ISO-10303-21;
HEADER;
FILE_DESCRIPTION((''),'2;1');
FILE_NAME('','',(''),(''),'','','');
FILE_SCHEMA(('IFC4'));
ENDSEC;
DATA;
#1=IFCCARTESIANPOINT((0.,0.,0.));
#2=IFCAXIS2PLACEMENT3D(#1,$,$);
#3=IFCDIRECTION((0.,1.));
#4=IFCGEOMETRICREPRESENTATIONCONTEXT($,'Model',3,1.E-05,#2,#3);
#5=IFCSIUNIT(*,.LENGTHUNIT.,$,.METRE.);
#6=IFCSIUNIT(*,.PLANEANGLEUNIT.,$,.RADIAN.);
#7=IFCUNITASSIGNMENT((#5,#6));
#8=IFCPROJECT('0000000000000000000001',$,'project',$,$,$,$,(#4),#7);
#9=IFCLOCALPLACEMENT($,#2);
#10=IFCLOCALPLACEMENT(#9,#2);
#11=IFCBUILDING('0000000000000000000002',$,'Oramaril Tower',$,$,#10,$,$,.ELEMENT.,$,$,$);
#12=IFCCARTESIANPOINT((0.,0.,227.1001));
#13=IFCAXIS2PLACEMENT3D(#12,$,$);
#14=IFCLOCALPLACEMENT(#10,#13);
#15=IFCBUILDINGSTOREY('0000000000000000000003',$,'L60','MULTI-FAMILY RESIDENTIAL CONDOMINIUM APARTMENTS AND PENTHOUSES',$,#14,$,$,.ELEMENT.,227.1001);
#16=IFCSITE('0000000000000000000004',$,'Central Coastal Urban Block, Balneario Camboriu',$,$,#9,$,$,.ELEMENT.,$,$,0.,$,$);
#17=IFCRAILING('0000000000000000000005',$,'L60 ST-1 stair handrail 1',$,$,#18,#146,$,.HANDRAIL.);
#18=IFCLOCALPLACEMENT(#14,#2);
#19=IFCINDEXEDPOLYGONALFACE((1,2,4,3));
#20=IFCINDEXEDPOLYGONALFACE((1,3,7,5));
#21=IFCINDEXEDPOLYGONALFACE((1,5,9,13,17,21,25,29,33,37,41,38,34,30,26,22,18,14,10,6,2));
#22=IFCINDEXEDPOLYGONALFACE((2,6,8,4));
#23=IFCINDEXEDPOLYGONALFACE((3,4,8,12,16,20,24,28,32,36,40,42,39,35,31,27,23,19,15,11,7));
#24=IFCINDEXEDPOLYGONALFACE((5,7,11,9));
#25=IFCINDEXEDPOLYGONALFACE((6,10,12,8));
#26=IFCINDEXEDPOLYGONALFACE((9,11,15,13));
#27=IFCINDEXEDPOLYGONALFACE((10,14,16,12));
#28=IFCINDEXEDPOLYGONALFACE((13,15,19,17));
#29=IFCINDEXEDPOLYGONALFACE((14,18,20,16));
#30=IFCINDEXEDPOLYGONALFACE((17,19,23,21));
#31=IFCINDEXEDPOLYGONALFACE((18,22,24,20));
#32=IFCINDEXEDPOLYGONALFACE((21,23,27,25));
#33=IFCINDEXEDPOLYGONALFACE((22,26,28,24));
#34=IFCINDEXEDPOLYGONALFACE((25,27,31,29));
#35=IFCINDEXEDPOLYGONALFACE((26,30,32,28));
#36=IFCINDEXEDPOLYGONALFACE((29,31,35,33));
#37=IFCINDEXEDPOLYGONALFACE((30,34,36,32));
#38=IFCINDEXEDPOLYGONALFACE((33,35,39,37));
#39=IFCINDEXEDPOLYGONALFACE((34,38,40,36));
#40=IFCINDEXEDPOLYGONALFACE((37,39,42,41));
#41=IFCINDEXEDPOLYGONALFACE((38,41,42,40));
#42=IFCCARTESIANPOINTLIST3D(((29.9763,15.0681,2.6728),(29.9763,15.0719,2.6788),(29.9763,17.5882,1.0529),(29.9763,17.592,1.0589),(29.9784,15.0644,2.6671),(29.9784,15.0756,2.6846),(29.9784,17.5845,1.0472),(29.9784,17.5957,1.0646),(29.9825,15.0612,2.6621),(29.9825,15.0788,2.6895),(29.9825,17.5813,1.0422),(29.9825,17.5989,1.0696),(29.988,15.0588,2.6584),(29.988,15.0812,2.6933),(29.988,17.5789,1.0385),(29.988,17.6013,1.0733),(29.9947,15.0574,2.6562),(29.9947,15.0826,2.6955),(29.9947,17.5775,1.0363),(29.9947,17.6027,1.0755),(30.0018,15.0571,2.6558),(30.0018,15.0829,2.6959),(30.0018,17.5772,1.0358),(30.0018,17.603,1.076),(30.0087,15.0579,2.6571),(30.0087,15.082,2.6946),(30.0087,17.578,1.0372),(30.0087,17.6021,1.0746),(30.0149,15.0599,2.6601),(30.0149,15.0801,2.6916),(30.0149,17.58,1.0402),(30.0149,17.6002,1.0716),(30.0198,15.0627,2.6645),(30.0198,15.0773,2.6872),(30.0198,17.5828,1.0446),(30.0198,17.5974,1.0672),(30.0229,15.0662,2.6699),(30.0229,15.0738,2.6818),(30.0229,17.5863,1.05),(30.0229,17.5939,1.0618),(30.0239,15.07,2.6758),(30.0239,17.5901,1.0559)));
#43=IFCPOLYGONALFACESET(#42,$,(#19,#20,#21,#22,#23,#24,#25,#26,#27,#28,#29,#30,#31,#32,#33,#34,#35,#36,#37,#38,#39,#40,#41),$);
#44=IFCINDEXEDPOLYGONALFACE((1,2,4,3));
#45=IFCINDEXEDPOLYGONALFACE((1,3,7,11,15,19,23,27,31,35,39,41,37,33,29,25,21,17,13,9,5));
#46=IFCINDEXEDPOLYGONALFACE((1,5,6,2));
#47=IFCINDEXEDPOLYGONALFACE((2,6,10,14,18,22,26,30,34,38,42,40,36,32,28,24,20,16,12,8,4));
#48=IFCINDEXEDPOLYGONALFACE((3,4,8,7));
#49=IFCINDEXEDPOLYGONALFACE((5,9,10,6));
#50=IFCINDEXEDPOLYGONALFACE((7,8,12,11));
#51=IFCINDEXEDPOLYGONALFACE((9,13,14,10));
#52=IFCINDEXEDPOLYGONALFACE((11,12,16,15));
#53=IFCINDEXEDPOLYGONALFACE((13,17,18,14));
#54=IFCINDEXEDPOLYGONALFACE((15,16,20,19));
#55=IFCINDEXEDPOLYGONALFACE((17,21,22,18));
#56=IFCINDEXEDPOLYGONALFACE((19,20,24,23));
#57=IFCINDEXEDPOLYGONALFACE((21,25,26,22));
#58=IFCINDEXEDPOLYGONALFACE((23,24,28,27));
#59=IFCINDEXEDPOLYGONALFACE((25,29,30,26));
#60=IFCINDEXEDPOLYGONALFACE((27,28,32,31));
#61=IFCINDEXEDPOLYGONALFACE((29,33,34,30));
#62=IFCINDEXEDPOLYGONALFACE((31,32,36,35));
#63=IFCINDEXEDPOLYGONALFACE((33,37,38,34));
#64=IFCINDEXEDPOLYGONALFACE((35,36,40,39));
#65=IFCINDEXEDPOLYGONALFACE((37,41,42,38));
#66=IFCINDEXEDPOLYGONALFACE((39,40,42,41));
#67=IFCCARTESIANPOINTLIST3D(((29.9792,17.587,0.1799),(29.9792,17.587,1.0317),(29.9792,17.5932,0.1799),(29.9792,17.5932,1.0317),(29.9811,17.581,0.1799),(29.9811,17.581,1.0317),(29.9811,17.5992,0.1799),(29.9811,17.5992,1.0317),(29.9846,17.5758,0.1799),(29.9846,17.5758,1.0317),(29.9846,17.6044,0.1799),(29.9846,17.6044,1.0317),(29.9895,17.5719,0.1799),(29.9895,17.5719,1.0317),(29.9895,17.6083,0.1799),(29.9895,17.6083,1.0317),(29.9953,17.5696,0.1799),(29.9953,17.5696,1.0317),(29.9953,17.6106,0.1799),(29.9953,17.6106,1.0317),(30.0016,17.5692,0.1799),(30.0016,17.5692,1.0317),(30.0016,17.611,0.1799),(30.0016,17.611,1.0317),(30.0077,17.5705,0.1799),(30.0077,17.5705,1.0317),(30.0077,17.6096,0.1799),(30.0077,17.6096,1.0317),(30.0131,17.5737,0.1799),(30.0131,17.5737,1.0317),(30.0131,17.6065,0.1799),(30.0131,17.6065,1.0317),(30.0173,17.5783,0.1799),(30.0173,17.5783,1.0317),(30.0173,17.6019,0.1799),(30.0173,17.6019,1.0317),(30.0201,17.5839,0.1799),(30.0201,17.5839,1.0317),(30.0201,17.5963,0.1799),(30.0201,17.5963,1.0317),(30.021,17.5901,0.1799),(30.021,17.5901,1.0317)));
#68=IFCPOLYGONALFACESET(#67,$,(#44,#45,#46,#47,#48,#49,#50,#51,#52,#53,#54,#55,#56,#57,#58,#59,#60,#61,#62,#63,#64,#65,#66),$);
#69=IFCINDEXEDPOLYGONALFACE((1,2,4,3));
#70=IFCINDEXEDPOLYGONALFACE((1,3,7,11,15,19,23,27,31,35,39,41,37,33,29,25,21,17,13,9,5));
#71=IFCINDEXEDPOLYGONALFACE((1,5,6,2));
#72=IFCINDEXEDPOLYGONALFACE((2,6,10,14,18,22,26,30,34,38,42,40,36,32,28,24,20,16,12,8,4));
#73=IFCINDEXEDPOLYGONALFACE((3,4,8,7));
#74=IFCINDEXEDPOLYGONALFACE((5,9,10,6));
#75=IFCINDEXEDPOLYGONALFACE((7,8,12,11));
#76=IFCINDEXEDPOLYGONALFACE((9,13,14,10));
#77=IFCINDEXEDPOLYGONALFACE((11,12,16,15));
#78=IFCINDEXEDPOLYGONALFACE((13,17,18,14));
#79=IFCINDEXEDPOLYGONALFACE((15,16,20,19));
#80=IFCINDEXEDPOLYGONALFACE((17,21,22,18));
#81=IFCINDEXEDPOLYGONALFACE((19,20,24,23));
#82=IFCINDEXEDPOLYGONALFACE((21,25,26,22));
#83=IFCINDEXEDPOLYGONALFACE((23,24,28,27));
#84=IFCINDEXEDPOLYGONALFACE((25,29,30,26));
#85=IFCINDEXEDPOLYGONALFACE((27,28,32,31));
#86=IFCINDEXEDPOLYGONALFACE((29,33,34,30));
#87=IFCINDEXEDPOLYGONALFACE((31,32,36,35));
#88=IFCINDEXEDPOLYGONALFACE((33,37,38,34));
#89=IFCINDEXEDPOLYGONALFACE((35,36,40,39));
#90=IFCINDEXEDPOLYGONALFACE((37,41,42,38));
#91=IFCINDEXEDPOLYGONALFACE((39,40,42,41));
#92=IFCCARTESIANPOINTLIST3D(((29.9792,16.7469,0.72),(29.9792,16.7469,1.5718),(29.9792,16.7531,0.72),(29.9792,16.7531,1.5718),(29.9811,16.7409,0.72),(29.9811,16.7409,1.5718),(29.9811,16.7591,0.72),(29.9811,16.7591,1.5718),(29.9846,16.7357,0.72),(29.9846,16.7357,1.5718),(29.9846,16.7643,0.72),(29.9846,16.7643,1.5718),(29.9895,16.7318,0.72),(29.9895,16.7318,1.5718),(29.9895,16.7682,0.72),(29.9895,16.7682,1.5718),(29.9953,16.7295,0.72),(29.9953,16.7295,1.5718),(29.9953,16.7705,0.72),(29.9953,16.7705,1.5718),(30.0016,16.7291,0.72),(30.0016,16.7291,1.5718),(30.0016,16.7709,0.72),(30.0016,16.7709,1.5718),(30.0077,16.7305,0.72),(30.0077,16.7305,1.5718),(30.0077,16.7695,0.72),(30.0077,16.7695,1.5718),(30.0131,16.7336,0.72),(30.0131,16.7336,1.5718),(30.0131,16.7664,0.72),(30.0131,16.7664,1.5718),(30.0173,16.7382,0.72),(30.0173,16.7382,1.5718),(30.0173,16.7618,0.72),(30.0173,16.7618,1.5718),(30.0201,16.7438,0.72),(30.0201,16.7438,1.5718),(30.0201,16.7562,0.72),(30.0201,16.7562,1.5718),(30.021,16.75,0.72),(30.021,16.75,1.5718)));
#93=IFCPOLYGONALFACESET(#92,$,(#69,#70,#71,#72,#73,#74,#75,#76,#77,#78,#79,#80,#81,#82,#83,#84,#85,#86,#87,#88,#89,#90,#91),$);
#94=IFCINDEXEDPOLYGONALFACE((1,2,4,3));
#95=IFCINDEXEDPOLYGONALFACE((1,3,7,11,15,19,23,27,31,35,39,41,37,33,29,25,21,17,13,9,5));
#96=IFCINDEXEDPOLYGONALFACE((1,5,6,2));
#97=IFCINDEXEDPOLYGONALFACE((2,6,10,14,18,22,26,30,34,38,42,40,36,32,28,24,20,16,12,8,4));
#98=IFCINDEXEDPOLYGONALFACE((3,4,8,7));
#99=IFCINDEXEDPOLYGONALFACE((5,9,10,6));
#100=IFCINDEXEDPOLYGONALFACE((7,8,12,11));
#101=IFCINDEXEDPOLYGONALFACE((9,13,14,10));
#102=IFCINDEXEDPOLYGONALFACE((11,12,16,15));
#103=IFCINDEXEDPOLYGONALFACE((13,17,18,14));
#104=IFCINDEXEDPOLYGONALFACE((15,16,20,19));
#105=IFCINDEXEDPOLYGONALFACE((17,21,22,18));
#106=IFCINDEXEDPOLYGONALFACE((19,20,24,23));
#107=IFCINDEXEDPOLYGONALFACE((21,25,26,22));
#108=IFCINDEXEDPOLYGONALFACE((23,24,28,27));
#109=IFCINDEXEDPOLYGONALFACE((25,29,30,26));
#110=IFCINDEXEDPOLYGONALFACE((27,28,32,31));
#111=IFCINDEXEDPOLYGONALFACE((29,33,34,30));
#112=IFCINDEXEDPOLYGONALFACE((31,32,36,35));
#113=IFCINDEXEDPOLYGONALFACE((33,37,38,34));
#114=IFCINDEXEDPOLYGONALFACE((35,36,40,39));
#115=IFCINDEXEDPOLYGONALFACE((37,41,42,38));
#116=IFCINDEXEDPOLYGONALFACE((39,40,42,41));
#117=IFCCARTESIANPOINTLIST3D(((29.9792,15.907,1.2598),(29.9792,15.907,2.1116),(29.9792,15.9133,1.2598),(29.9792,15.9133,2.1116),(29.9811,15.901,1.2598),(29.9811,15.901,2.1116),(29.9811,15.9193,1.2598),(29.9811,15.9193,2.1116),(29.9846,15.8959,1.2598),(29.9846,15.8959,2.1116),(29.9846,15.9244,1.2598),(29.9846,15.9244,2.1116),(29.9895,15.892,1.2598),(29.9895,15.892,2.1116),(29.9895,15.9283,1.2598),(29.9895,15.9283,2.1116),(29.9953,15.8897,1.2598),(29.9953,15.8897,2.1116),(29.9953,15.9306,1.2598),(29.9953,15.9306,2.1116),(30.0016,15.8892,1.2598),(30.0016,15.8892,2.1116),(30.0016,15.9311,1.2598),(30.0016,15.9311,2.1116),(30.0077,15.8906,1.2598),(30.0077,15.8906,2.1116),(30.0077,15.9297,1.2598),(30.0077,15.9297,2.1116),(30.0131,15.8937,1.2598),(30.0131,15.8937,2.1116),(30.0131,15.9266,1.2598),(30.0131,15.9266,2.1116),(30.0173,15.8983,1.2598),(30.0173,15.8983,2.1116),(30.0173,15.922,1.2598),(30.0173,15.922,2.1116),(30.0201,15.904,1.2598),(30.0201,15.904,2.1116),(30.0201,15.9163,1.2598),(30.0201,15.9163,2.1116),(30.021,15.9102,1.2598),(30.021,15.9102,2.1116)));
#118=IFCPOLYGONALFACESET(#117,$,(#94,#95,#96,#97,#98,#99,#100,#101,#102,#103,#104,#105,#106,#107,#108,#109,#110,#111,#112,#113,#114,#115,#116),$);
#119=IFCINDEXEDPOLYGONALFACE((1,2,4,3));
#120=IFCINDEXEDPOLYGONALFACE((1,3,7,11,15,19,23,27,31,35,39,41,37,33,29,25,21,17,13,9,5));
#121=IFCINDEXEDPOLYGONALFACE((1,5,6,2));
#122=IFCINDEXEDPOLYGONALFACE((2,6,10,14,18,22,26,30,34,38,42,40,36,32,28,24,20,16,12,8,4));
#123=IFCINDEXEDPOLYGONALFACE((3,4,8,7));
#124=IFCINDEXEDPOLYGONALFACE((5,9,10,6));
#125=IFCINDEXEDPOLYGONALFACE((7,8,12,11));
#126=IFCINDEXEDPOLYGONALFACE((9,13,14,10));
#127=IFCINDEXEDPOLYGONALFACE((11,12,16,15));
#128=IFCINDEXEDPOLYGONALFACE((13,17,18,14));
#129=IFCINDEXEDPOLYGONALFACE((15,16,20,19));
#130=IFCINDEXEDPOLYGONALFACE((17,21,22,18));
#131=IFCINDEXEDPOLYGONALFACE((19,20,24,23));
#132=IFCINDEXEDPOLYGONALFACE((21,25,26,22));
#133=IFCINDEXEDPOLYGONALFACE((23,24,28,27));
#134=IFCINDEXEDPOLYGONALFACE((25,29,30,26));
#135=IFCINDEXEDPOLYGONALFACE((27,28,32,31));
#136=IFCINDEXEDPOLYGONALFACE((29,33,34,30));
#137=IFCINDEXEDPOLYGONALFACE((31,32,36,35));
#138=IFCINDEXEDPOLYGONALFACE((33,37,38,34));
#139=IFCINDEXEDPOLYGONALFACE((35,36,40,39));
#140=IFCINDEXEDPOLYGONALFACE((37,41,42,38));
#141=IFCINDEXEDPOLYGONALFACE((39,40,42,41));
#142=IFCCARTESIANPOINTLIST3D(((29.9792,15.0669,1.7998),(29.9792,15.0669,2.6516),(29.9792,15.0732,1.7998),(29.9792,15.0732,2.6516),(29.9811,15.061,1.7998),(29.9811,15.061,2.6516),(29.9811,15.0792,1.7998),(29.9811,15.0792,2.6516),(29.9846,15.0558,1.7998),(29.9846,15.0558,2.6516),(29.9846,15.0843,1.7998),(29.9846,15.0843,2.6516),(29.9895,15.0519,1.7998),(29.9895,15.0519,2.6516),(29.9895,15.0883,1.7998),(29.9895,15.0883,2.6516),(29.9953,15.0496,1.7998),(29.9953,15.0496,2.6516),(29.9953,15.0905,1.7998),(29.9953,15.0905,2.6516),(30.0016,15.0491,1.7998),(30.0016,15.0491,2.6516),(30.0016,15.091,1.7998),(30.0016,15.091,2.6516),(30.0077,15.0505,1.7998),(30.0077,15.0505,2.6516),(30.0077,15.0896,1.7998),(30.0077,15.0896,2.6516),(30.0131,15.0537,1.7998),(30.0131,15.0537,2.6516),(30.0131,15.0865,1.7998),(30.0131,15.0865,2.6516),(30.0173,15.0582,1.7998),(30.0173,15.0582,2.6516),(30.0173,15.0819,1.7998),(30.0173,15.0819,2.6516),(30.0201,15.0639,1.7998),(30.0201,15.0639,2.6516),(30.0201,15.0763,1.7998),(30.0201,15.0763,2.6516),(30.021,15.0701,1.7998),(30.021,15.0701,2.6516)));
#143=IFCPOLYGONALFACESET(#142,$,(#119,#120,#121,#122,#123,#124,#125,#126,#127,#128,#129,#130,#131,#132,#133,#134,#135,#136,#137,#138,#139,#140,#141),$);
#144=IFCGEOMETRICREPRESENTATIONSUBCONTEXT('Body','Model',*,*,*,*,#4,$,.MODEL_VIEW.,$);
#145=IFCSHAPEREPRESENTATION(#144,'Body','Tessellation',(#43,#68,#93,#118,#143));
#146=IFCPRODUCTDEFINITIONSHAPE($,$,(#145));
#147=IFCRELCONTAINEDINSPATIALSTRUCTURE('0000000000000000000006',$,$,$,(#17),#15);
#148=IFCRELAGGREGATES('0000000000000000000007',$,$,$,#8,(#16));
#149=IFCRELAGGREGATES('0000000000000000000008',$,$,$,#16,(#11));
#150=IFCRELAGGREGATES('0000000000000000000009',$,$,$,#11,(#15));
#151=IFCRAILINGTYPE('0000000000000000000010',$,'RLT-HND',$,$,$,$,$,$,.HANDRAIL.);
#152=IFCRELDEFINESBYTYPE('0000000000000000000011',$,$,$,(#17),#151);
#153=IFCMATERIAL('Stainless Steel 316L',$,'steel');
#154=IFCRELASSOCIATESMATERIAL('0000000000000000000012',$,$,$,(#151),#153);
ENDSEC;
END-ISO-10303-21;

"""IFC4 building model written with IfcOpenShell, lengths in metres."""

from ifc_helpers import new_model, si_unit, direction, frame, origin, origin_2d, place, context, subcontext, project, spatial, circle, extrude, material, type_object, element, save


model = new_model("IFC4")

# Units and contexts
model_context = context("Model", 3, precision=1e-05, world=origin(), true_north=direction((0.0, 1.0)))
body_context = subcontext(model_context, "Body", "Model", "MODEL_VIEW")
ifc_project = project(units=[si_unit("LENGTHUNIT", "METRE"), si_unit("PLANEANGLEUNIT", "RADIAN")], contexts=[model_context])

# Site, building, storey
site_placement = place(None, origin())
site = spatial("IfcSite", under=ifc_project, at=site_placement, Name="Central Coastal Urban Block, Balneario Camboriu", CompositionType="ELEMENT", RefElevation=0.0)
building_placement = place(site_placement, origin())
building = spatial("IfcBuilding", under=site, at=building_placement, Name="Oramaril Tower", CompositionType="ELEMENT")
storey_placement = place(building_placement, frame((0.0, 0.0, 227.1001)))
storey = spatial("IfcBuildingStorey", under=building, at=storey_placement, Name="L60", Description="MULTI-FAMILY RESIDENTIAL CONDOMINIUM APARTMENTS AND PENTHOUSES", CompositionType="ELEMENT", Elevation=227.1001)

# Railing
ifc_material_1 = material(Name="Stainless Steel 316L", Category="steel")
railing_type_1 = type_object("IfcRailingType", Name="RLT-HND", PredefinedType="HANDRAIL", material=ifc_material_1)
railing_1_placement = place(storey_placement, frame((30.0, 17.5901, 0.1799)))
element("IfcRailing", 1, at=railing_1_placement, inside=storey, type_object=railing_type_1, Name="L60 ST-1 stair handrail 1", PredefinedType="HANDRAIL", context=body_context, shape_type="SweptSolid", body=[
    extrude(circle(Radius=0.0239, at=origin_2d()), frame((0.0, 0.0, 0.876), z_axis=(0.0, -0.8412, 0.540725), x_axis=(1.0, 0.0, 0.0)), (0.0, 0.0, 1.0), 2.9958),
    extrude(circle(Radius=0.021, at=origin_2d()), origin(), (0.0, 0.0, 1.0), 0.8518),
    extrude(circle(Radius=0.021, at=origin_2d()), frame((0.0, -0.8401, 0.54)), (0.0, 0.0, 1.0), 0.8518),
    extrude(circle(Radius=0.021, at=origin_2d()), frame((0.0, -1.6799, 1.0798)), (0.0, 0.0, 1.0), 0.8518),
    extrude(circle(Radius=0.021, at=origin_2d()), frame((0.0, -2.52, 1.6199)), (0.0, 0.0, 1.0), 0.8518),
])

save(model, "model.ifc")
